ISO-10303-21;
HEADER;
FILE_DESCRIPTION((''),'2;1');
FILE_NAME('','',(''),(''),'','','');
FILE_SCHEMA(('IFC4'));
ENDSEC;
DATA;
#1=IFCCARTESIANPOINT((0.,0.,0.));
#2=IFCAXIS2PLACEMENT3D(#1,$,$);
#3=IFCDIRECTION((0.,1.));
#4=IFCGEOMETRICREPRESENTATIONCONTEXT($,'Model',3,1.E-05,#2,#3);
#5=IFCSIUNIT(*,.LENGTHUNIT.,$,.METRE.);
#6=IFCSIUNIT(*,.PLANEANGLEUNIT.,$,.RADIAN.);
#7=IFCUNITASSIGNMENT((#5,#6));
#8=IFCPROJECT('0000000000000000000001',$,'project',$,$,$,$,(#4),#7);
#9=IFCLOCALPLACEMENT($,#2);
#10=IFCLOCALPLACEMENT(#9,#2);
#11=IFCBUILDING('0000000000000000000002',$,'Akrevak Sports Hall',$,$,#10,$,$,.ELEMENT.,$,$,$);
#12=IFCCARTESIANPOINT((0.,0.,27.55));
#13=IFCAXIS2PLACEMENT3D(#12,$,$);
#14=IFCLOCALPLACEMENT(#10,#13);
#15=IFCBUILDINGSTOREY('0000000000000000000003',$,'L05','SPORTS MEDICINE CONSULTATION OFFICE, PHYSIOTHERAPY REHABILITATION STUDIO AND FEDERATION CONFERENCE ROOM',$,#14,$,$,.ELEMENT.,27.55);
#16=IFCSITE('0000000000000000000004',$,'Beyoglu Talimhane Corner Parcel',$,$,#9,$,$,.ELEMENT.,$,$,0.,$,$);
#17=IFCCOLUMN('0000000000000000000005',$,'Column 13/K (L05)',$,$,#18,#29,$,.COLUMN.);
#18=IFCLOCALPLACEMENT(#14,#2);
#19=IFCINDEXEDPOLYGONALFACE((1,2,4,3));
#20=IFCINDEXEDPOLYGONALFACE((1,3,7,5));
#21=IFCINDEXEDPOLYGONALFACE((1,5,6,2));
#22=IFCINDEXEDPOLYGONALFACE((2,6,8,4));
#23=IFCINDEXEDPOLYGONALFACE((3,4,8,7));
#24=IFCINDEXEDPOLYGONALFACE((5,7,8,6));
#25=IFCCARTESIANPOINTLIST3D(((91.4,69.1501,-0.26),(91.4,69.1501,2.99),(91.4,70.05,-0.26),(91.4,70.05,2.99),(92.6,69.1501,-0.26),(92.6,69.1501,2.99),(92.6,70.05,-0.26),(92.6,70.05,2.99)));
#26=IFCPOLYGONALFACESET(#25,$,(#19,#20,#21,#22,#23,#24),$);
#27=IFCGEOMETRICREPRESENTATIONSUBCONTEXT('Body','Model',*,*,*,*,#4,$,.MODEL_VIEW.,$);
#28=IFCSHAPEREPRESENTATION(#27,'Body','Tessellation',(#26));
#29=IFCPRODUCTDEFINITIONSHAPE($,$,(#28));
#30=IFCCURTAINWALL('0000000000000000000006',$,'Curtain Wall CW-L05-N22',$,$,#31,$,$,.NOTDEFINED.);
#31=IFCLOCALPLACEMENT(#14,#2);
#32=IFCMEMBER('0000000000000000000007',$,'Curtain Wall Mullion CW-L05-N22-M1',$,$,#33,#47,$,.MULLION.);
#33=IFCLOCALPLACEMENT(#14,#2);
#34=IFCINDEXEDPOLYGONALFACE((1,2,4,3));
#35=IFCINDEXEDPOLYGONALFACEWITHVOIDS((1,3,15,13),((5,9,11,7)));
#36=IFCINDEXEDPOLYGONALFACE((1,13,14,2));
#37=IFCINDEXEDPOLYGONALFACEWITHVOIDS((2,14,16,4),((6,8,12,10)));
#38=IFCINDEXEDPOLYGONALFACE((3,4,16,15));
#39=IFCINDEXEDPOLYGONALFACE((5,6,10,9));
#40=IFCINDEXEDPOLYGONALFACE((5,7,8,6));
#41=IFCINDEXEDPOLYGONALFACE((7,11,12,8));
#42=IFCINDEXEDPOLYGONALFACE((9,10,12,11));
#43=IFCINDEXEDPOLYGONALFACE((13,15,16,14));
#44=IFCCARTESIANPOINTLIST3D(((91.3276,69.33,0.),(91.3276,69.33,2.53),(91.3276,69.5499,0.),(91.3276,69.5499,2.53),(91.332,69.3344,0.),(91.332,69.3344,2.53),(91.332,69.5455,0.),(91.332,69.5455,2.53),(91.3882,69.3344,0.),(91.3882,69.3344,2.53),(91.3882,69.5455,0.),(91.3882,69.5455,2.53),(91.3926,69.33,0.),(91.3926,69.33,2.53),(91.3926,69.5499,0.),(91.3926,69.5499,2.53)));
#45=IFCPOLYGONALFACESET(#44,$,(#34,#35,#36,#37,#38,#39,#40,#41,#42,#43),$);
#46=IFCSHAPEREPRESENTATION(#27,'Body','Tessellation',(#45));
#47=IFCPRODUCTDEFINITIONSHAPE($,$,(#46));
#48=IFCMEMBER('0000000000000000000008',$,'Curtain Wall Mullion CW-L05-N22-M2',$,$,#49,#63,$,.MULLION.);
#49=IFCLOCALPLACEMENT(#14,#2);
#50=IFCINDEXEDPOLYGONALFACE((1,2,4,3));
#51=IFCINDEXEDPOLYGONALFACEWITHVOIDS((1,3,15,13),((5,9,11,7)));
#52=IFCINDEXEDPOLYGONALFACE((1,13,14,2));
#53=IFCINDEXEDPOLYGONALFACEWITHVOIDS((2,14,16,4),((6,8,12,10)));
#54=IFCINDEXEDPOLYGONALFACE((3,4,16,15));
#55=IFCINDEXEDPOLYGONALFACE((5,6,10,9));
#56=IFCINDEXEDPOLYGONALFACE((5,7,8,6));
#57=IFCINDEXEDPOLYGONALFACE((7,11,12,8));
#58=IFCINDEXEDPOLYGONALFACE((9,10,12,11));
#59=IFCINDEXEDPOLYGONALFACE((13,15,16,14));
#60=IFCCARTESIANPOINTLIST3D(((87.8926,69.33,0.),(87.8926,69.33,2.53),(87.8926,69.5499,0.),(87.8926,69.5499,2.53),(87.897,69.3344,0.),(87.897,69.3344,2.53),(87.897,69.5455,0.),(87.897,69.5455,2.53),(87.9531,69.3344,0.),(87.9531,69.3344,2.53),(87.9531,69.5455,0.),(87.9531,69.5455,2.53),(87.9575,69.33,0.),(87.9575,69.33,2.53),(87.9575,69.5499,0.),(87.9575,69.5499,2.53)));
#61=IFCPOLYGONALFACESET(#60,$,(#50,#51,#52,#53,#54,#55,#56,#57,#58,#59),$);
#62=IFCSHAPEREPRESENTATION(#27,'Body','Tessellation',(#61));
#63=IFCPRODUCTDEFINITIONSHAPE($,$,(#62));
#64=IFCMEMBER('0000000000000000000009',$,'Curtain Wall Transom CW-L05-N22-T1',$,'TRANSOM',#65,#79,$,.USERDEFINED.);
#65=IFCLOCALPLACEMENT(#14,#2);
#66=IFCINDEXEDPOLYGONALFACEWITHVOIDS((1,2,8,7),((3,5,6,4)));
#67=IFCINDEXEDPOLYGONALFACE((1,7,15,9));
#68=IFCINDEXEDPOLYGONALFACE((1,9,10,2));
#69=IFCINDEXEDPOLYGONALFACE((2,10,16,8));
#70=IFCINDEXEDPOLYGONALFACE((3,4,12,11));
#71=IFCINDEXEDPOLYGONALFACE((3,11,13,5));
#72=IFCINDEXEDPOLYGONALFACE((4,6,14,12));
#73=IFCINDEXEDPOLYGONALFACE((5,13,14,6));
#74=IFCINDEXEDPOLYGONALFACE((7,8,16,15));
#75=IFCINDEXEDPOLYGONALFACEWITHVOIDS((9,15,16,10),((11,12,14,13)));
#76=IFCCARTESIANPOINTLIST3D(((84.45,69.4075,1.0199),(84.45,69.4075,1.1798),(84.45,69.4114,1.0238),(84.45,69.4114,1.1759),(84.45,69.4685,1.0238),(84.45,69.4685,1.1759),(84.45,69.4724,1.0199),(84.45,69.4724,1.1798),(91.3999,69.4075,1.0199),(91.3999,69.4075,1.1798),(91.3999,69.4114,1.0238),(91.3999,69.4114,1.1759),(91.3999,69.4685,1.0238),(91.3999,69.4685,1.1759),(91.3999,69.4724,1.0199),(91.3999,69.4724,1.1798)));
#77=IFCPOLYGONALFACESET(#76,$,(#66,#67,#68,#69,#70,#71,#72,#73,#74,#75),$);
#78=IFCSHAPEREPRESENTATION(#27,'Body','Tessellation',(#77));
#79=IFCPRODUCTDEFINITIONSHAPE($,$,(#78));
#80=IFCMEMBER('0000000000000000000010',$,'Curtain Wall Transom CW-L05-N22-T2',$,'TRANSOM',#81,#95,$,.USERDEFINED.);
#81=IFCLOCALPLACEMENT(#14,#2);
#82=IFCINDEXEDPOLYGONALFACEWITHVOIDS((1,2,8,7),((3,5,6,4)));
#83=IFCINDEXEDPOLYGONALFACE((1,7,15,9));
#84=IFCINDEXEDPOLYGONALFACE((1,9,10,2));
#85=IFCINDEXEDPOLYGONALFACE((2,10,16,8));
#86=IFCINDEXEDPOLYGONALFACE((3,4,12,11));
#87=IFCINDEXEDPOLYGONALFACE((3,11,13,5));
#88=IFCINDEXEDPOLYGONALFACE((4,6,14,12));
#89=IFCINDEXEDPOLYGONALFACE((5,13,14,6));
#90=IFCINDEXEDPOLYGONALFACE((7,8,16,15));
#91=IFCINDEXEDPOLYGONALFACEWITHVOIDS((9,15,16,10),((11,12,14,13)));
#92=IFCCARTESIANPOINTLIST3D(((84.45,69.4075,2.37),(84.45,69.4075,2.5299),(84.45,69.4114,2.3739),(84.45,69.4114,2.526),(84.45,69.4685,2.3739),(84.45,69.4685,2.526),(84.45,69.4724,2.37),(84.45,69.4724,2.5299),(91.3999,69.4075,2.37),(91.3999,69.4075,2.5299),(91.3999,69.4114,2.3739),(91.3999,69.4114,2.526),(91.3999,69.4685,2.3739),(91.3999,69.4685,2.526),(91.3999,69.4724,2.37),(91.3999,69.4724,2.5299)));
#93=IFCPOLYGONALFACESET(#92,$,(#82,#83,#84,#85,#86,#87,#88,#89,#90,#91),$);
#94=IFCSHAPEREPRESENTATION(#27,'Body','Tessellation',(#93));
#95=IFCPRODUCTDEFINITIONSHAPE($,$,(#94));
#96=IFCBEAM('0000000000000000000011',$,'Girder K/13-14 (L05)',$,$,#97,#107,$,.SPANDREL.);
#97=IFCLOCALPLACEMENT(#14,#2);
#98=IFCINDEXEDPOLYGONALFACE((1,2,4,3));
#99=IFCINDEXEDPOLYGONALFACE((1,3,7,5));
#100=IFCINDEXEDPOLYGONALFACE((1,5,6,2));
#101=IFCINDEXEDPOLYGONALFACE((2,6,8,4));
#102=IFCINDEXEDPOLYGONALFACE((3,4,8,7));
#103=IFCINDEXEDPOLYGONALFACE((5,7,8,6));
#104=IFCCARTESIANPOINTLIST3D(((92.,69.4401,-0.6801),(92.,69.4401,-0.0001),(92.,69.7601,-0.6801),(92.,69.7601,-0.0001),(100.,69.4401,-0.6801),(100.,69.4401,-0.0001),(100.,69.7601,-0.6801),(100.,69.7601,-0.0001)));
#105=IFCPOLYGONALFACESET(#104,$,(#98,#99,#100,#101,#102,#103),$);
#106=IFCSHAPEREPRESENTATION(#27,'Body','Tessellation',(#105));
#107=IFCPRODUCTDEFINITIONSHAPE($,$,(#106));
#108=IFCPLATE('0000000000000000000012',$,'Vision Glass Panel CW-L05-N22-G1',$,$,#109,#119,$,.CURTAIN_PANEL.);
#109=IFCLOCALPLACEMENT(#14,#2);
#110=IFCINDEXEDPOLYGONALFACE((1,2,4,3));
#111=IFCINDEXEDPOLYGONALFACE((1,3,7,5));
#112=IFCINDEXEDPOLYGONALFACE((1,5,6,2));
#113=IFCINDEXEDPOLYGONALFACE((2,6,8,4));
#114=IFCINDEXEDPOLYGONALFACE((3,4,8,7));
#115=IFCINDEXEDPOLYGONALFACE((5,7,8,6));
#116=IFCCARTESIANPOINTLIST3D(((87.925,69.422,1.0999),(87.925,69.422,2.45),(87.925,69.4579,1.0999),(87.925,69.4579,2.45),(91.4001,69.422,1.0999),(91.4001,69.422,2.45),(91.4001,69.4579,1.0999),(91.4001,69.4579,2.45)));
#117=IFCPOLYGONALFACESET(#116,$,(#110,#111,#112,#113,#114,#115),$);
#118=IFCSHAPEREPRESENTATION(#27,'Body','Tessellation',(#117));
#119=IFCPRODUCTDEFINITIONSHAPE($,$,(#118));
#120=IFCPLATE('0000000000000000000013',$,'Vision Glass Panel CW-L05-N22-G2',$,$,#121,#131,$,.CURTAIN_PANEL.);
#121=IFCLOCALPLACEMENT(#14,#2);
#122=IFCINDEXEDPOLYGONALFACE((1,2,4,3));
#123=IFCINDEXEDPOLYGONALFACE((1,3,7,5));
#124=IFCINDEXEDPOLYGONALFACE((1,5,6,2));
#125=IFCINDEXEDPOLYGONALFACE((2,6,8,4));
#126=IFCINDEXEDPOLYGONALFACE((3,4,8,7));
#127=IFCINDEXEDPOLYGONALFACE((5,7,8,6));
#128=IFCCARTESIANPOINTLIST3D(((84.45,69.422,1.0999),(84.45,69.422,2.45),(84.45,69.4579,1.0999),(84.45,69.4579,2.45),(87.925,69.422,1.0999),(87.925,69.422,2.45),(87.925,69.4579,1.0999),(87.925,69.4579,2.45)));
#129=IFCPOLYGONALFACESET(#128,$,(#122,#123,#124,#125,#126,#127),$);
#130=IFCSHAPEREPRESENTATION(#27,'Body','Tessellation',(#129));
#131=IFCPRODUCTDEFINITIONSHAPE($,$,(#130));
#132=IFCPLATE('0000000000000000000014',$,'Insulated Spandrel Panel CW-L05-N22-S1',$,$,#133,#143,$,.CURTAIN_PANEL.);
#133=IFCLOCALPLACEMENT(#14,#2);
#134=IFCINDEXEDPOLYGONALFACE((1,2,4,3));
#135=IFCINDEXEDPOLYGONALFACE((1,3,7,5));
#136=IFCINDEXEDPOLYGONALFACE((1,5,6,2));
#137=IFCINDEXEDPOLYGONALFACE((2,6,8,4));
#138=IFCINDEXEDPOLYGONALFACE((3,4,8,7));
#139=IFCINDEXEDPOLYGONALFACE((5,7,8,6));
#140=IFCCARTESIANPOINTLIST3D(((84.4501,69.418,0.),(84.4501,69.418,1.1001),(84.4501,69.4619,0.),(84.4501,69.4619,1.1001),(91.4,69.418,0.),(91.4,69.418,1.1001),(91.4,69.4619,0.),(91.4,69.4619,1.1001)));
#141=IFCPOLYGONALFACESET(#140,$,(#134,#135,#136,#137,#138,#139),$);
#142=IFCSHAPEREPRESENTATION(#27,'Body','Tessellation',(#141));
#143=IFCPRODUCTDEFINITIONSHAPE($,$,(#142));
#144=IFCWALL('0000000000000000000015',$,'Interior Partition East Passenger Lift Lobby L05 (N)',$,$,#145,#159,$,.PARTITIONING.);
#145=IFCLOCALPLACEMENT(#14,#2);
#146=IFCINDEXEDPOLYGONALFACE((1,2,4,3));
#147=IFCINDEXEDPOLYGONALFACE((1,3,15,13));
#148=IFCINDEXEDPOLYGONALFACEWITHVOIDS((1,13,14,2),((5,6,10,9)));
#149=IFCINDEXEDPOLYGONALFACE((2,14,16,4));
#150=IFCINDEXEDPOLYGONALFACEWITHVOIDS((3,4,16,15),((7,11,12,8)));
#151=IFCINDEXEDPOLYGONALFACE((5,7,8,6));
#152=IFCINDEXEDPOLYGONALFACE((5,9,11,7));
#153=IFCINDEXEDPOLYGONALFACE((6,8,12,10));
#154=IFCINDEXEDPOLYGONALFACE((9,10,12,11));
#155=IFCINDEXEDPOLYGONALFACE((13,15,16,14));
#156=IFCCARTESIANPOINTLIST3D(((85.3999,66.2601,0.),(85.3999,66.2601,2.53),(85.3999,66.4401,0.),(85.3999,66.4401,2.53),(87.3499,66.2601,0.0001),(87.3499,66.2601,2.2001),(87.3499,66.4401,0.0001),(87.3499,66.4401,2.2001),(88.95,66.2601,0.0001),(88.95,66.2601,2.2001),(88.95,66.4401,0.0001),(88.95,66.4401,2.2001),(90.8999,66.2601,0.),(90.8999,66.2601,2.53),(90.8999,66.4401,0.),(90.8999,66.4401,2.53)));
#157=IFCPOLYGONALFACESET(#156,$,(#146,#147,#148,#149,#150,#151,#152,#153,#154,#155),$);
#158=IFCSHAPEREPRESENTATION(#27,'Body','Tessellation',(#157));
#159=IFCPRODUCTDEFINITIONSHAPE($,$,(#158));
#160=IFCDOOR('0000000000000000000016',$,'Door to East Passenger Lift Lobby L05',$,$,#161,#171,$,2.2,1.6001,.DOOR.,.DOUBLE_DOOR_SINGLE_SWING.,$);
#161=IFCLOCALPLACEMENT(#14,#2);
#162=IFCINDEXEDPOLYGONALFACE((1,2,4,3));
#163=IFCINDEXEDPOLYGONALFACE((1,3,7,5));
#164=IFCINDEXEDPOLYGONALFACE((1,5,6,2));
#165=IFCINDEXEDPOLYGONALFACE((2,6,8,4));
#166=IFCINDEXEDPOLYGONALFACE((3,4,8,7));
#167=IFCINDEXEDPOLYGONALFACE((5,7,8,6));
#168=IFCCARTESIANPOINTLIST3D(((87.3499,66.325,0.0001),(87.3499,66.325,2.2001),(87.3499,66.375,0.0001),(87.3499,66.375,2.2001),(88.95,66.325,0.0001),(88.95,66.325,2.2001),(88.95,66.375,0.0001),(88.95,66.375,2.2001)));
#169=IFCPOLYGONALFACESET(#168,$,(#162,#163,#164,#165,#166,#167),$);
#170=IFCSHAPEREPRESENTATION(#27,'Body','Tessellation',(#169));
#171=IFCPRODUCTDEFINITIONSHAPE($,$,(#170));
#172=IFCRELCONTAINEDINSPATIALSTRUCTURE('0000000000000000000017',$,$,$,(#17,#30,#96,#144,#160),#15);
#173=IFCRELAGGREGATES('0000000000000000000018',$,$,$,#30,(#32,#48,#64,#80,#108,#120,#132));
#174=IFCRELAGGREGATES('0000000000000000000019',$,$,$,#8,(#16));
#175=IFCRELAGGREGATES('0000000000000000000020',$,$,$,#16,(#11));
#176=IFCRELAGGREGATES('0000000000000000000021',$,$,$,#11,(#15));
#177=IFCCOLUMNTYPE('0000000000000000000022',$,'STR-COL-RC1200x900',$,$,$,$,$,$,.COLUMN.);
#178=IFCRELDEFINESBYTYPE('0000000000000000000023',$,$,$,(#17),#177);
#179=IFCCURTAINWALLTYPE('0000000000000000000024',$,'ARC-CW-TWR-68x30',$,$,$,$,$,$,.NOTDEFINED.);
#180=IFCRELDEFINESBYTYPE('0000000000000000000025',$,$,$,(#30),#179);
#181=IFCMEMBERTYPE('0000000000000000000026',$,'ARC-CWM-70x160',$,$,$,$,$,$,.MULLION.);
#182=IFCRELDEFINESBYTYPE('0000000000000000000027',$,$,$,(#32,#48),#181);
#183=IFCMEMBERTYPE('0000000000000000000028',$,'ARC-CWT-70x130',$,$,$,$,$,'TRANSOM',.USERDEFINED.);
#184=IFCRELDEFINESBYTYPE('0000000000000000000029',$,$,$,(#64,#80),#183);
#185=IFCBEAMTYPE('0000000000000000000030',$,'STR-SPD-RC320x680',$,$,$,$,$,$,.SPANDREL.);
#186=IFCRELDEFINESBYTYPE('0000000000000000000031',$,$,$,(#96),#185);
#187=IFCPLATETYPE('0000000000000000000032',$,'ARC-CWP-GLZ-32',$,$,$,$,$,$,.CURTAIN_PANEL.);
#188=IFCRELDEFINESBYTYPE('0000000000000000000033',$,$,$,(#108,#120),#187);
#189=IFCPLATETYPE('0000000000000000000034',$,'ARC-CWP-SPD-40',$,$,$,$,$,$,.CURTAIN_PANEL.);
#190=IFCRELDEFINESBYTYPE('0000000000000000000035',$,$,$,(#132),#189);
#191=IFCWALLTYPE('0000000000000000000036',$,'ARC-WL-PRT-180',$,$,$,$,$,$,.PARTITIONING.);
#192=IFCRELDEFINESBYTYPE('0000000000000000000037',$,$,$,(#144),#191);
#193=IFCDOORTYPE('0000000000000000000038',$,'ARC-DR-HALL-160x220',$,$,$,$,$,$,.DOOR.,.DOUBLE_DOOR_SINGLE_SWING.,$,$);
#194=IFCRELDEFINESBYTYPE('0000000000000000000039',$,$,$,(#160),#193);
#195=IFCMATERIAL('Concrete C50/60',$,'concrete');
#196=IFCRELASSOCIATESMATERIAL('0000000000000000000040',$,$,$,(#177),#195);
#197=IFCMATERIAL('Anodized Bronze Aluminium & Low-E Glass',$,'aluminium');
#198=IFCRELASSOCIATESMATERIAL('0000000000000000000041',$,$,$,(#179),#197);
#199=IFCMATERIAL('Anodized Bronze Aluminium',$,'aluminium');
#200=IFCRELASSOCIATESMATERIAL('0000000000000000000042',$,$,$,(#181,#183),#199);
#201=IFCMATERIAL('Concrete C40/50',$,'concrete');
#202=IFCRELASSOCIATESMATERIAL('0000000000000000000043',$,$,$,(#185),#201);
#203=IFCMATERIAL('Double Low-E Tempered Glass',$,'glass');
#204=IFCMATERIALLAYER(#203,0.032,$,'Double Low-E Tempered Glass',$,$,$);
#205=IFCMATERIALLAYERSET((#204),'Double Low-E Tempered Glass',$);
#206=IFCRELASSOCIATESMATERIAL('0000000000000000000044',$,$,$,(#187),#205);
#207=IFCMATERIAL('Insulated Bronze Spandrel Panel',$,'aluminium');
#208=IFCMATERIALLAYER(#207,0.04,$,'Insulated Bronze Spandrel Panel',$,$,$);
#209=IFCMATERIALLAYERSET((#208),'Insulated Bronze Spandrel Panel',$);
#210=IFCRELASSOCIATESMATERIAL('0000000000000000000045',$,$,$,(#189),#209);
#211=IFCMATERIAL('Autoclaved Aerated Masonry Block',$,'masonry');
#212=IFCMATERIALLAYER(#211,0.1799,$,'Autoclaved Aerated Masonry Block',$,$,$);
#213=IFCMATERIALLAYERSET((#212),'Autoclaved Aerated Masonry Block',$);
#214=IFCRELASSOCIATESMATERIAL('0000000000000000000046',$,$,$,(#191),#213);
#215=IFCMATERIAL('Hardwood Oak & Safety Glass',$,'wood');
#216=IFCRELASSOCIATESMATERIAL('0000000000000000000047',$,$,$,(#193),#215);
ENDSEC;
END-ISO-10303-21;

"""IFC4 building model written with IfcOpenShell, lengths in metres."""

from ifc_helpers import new_model, si_unit, direction, frame, frame_2d, origin, origin_2d, place, context, subcontext, project, spatial, rectangle, hollow_rectangle, extrude, material, layer, layer_set, material_profile, profile_set, type_object, element, fill, aggregate, save


model = new_model("IFC4")

# Units and contexts
model_context = context("Model", 3, precision=1e-05, world=origin(), true_north=direction((0.0, 1.0)))
body_context = subcontext(model_context, "Body", "Model", "MODEL_VIEW")
ifc_project = project(units=[si_unit("LENGTHUNIT", "METRE"), si_unit("PLANEANGLEUNIT", "RADIAN")], contexts=[model_context])

# Site, building, storey
site_placement = place(None, origin())
site = spatial("IfcSite", under=ifc_project, at=site_placement, Name="Beyoglu Talimhane Corner Parcel", CompositionType="ELEMENT", RefElevation=0.0)
building_placement = place(site_placement, origin())
building = spatial("IfcBuilding", under=site, at=building_placement, Name="Akrevak Sports Hall", CompositionType="ELEMENT")
storey_placement = place(building_placement, frame((0.0, 0.0, 27.55)))
storey = spatial("IfcBuildingStorey", under=building, at=storey_placement, Name="L05", Description="SPORTS MEDICINE CONSULTATION OFFICE, PHYSIOTHERAPY REHABILITATION STUDIO AND FEDERATION CONFERENCE ROOM", CompositionType="ELEMENT", Elevation=27.55)

# Column
ifc_material_1 = material(Name="Concrete C50/60", Category="concrete")
ifc_material_profile_1 = material_profile(ifc_material_1, rectangle(XDim=1.2, YDim=0.8999, at=origin_2d()), Name="RC 1200x900", Category="concrete")
ifc_profile_set_1 = profile_set([ifc_material_profile_1], Name="Concrete C50/60")
column_type = type_object("IfcColumnType", Name="STR-COL-RC1200x900", PredefinedType="COLUMN", material=ifc_profile_set_1)
column_placement = place(storey_placement, frame((92.0, 69.6001, -0.26), z_axis=(0.0, 0.0, 1.0), x_axis=(1.0, 0.0, 0.0)))
element("IfcColumn", 1, at=column_placement, inside=storey, type_object=column_type, Name="Column 13/K (L05)", PredefinedType="COLUMN", context=body_context, shape_type="SweptSolid", body=[
    extrude(rectangle(XDim=1.2, YDim=0.8999, at=origin_2d()), origin(), (0.0, 0.0, 1.0), 3.25),
])

# Curtain wall, members
ifc_material_2 = material(Name="Anodized Bronze Aluminium & Low-E Glass", Category="aluminium")
curtain_wall_type = type_object("IfcCurtainWallType", Name="ARC-CW-TWR-68x30", PredefinedType="NOTDEFINED", material=ifc_material_2)
curtain_wall_placement = place(storey_placement, origin())
curtain_wall = element("IfcCurtainWall", 2, at=curtain_wall_placement, inside=storey, type_object=curtain_wall_type, Name="Curtain Wall CW-L05-N22", PredefinedType="NOTDEFINED")
ifc_material_3 = material(Name="Anodized Bronze Aluminium", Category="aluminium")
ifc_material_profile_2 = material_profile(ifc_material_3, hollow_rectangle(XDim=0.0649, YDim=0.22, WallThickness=0.0044, at=origin_2d()), Name="CWM 65x220", Category="aluminium")
ifc_profile_set_2 = profile_set([ifc_material_profile_2], Name="Anodized Bronze Aluminium")
member_type_1 = type_object("IfcMemberType", Name="ARC-CWM-70x160", PredefinedType="MULLION", material=ifc_profile_set_2)
member_1_placement = place(storey_placement, frame((91.3601, 69.4399, 0.0), z_axis=(0.0, 0.0, 1.0), x_axis=(-1.0, 0.0, 0.0)))
member_1 = element("IfcMember", 3, at=member_1_placement, type_object=member_type_1, Name="Curtain Wall Mullion CW-L05-N22-M1", PredefinedType="MULLION", context=body_context, shape_type="SweptSolid", body=[
    extrude(hollow_rectangle(XDim=0.0649, YDim=0.22, WallThickness=0.0044, at=origin_2d()), origin(), (0.0, 0.0, 1.0), 2.53),
])
member_2_placement = place(storey_placement, frame((87.925, 69.4399, 0.0), z_axis=(0.0, 0.0, 1.0), x_axis=(-1.0, 0.0, 0.0)))
member_2 = element("IfcMember", 4, at=member_2_placement, type_object=member_type_1, Name="Curtain Wall Mullion CW-L05-N22-M2", PredefinedType="MULLION", context=body_context, shape_type="SweptSolid", body=[
    extrude(hollow_rectangle(XDim=0.0649, YDim=0.22, WallThickness=0.0044, at=origin_2d()), origin(), (0.0, 0.0, 1.0), 2.53),
])
ifc_material_profile_3 = material_profile(ifc_material_3, hollow_rectangle(XDim=0.0649, YDim=0.1599, WallThickness=0.0039, at=origin_2d()), Name="CWT 65x160", Category="aluminium")
ifc_profile_set_3 = profile_set([ifc_material_profile_3], Name="Anodized Bronze Aluminium")
member_type_2 = type_object("IfcMemberType", Name="ARC-CWT-70x130", ElementType="TRANSOM", PredefinedType="USERDEFINED", material=ifc_profile_set_3)
member_3_placement = place(storey_placement, frame((91.3999, 69.4399, 1.0999), z_axis=(-1.0, 0.0, 0.0), x_axis=(0.0, -1.0, 0.0)))
member_3 = element("IfcMember", 5, at=member_3_placement, type_object=member_type_2, Name="Curtain Wall Transom CW-L05-N22-T1", ObjectType="TRANSOM", PredefinedType="USERDEFINED", context=body_context, shape_type="SweptSolid", body=[
    extrude(hollow_rectangle(XDim=0.0649, YDim=0.1599, WallThickness=0.0039, at=origin_2d()), origin(), (0.0, 0.0, 1.0), 6.95),
])
member_4_placement = place(storey_placement, frame((91.3999, 69.4399, 2.45), z_axis=(-1.0, 0.0, 0.0), x_axis=(0.0, -1.0, 0.0)))
member_4 = element("IfcMember", 6, at=member_4_placement, type_object=member_type_2, Name="Curtain Wall Transom CW-L05-N22-T2", ObjectType="TRANSOM", PredefinedType="USERDEFINED", context=body_context, shape_type="SweptSolid", body=[
    extrude(hollow_rectangle(XDim=0.0649, YDim=0.1599, WallThickness=0.0039, at=origin_2d()), origin(), (0.0, 0.0, 1.0), 6.95),
])

# Beam
ifc_material_4 = material(Name="Concrete C40/50", Category="concrete")
ifc_material_profile_4 = material_profile(ifc_material_4, rectangle(XDim=0.3201, YDim=0.6799, at=origin_2d()), Name="SPD 320x680", Category="concrete")
ifc_profile_set_4 = profile_set([ifc_material_profile_4], Name="Concrete C40/50")
beam_type = type_object("IfcBeamType", Name="STR-SPD-RC320x680", PredefinedType="SPANDREL", material=ifc_profile_set_4)
beam_placement = place(storey_placement, frame((92.0, 69.6001, -0.3401), z_axis=(1.0, 0.0, 0.0), x_axis=(0.0, 1.0, 0.0)))
element("IfcBeam", 7, at=beam_placement, inside=storey, type_object=beam_type, Name="Girder K/13-14 (L05)", PredefinedType="SPANDREL", context=body_context, shape_type="SweptSolid", body=[
    extrude(rectangle(XDim=0.3201, YDim=0.6799, at=origin_2d()), origin(), (0.0, 0.0, 1.0), 8.0),
])

# Plates
ifc_material_5 = material(Name="Double Low-E Tempered Glass", Category="glass")
ifc_layer_1 = layer(ifc_material_5, 0.032, Name="Double Low-E Tempered Glass")
ifc_layer_set_1 = layer_set([ifc_layer_1], Name="Double Low-E Tempered Glass")
plate_type_1 = type_object("IfcPlateType", Name="ARC-CWP-GLZ-32", PredefinedType="CURTAIN_PANEL", material=ifc_layer_set_1)
plate_1_placement = place(storey_placement, frame((89.6626, 69.4399, 1.0999), z_axis=(0.0, 0.0, 1.0), x_axis=(-1.0, 0.0, 0.0)))
plate_1 = element("IfcPlate", 8, at=plate_1_placement, type_object=plate_type_1, Name="Vision Glass Panel CW-L05-N22-G1", PredefinedType="CURTAIN_PANEL", context=body_context, shape_type="SweptSolid", body=[
    extrude(rectangle(XDim=3.4751, YDim=0.0359, at=origin_2d()), origin(), (0.0, 0.0, 1.0), 1.3501),
])
plate_2_placement = place(storey_placement, frame((86.1875, 69.4399, 1.0999), z_axis=(0.0, 0.0, 1.0), x_axis=(-1.0, 0.0, 0.0)))
plate_2 = element("IfcPlate", 9, at=plate_2_placement, type_object=plate_type_1, Name="Vision Glass Panel CW-L05-N22-G2", PredefinedType="CURTAIN_PANEL", context=body_context, shape_type="SweptSolid", body=[
    extrude(rectangle(XDim=3.4751, YDim=0.0359, at=origin_2d()), origin(), (0.0, 0.0, 1.0), 1.3501),
])
ifc_material_6 = material(Name="Insulated Bronze Spandrel Panel", Category="aluminium")
ifc_layer_2 = layer(ifc_material_6, 0.04, Name="Insulated Bronze Spandrel Panel")
ifc_layer_set_2 = layer_set([ifc_layer_2], Name="Insulated Bronze Spandrel Panel")
plate_type_2 = type_object("IfcPlateType", Name="ARC-CWP-SPD-40", PredefinedType="CURTAIN_PANEL", material=ifc_layer_set_2)
plate_3_placement = place(storey_placement, frame((87.925, 69.4399, 0.0), z_axis=(0.0, 0.0, 1.0), x_axis=(-1.0, 0.0, 0.0)))
plate_3 = element("IfcPlate", 10, at=plate_3_placement, type_object=plate_type_2, Name="Insulated Spandrel Panel CW-L05-N22-S1", PredefinedType="CURTAIN_PANEL", context=body_context, shape_type="SweptSolid", body=[
    extrude(rectangle(XDim=6.95, YDim=0.0439, at=origin_2d()), origin(), (0.0, 0.0, 1.0), 1.1001),
])
aggregate(curtain_wall, [member_1, member_2, member_3, member_4, plate_1, plate_2, plate_3])

# Wall, opening, door
ifc_material_7 = material(Name="Autoclaved Aerated Masonry Block", Category="masonry")
ifc_layer_3 = layer(ifc_material_7, 0.1799, Name="Autoclaved Aerated Masonry Block")
ifc_layer_set_3 = layer_set([ifc_layer_3], Name="Autoclaved Aerated Masonry Block")
wall_type_1 = type_object("IfcWallType", Name="ARC-WL-PRT-180", PredefinedType="PARTITIONING", material=ifc_layer_set_3)
wall_1_placement = place(storey_placement, frame((85.3999, 66.3501, 0.0), z_axis=(0.0, 0.0, 1.0), x_axis=(1.0, 0.0, 0.0)))
wall_1 = element("IfcWall", 11, at=wall_1_placement, inside=storey, type_object=wall_type_1, Name="Interior Partition East Passenger Lift Lobby L05 (N)", PredefinedType="PARTITIONING", context=body_context, shape_type="SweptSolid", body=[
    extrude(rectangle(XDim=5.5, YDim=0.1799, at=frame_2d((2.75, 0.0))), origin(), (0.0, 0.0, 1.0), 2.53),
])
opening_1_placement = place(wall_1_placement, frame((1.95, 0.0, 0.0)))
opening_1 = element("IfcOpeningElement", 12, at=opening_1_placement, cuts=wall_1, PredefinedType="OPENING", context=body_context, shape_type="SweptSolid", body=[
    extrude(rectangle(XDim=1.6001, YDim=2.2, at=frame_2d((0.8, 1.1001))), frame((0.0, 0.1021, 0.0), z_axis=(0.0, -1.0, 0.0), x_axis=(1.0, 0.0, 0.0)), (0.0, 0.0, 1.0), 0.2039),
])
ifc_material_8 = material(Name="Hardwood Oak & Safety Glass", Category="wood")
door_type_1 = type_object("IfcDoorType", Name="ARC-DR-HALL-160x220", OperationType="DOUBLE_DOOR_SINGLE_SWING", PredefinedType="DOOR", material=ifc_material_8)
door_1_placement = place(opening_1_placement, origin())
door_1 = element("IfcDoor", 13, at=door_1_placement, inside=storey, type_object=door_type_1, Name="Door to East Passenger Lift Lobby L05", OperationType="DOUBLE_DOOR_SINGLE_SWING", OverallHeight=2.2, OverallWidth=1.6001, PredefinedType="DOOR", context=body_context, shape_type="SweptSolid", body=[
    extrude(rectangle(XDim=1.6001, YDim=2.2, at=frame_2d((0.8, 1.1001))), frame((0.0, 0.0249, 0.0), z_axis=(0.0, -1.0, 0.0), x_axis=(1.0, 0.0, 0.0)), (0.0, 0.0, 1.0), 0.05),
])
fill(opening_1, door_1)

save(model, "model.ifc")
